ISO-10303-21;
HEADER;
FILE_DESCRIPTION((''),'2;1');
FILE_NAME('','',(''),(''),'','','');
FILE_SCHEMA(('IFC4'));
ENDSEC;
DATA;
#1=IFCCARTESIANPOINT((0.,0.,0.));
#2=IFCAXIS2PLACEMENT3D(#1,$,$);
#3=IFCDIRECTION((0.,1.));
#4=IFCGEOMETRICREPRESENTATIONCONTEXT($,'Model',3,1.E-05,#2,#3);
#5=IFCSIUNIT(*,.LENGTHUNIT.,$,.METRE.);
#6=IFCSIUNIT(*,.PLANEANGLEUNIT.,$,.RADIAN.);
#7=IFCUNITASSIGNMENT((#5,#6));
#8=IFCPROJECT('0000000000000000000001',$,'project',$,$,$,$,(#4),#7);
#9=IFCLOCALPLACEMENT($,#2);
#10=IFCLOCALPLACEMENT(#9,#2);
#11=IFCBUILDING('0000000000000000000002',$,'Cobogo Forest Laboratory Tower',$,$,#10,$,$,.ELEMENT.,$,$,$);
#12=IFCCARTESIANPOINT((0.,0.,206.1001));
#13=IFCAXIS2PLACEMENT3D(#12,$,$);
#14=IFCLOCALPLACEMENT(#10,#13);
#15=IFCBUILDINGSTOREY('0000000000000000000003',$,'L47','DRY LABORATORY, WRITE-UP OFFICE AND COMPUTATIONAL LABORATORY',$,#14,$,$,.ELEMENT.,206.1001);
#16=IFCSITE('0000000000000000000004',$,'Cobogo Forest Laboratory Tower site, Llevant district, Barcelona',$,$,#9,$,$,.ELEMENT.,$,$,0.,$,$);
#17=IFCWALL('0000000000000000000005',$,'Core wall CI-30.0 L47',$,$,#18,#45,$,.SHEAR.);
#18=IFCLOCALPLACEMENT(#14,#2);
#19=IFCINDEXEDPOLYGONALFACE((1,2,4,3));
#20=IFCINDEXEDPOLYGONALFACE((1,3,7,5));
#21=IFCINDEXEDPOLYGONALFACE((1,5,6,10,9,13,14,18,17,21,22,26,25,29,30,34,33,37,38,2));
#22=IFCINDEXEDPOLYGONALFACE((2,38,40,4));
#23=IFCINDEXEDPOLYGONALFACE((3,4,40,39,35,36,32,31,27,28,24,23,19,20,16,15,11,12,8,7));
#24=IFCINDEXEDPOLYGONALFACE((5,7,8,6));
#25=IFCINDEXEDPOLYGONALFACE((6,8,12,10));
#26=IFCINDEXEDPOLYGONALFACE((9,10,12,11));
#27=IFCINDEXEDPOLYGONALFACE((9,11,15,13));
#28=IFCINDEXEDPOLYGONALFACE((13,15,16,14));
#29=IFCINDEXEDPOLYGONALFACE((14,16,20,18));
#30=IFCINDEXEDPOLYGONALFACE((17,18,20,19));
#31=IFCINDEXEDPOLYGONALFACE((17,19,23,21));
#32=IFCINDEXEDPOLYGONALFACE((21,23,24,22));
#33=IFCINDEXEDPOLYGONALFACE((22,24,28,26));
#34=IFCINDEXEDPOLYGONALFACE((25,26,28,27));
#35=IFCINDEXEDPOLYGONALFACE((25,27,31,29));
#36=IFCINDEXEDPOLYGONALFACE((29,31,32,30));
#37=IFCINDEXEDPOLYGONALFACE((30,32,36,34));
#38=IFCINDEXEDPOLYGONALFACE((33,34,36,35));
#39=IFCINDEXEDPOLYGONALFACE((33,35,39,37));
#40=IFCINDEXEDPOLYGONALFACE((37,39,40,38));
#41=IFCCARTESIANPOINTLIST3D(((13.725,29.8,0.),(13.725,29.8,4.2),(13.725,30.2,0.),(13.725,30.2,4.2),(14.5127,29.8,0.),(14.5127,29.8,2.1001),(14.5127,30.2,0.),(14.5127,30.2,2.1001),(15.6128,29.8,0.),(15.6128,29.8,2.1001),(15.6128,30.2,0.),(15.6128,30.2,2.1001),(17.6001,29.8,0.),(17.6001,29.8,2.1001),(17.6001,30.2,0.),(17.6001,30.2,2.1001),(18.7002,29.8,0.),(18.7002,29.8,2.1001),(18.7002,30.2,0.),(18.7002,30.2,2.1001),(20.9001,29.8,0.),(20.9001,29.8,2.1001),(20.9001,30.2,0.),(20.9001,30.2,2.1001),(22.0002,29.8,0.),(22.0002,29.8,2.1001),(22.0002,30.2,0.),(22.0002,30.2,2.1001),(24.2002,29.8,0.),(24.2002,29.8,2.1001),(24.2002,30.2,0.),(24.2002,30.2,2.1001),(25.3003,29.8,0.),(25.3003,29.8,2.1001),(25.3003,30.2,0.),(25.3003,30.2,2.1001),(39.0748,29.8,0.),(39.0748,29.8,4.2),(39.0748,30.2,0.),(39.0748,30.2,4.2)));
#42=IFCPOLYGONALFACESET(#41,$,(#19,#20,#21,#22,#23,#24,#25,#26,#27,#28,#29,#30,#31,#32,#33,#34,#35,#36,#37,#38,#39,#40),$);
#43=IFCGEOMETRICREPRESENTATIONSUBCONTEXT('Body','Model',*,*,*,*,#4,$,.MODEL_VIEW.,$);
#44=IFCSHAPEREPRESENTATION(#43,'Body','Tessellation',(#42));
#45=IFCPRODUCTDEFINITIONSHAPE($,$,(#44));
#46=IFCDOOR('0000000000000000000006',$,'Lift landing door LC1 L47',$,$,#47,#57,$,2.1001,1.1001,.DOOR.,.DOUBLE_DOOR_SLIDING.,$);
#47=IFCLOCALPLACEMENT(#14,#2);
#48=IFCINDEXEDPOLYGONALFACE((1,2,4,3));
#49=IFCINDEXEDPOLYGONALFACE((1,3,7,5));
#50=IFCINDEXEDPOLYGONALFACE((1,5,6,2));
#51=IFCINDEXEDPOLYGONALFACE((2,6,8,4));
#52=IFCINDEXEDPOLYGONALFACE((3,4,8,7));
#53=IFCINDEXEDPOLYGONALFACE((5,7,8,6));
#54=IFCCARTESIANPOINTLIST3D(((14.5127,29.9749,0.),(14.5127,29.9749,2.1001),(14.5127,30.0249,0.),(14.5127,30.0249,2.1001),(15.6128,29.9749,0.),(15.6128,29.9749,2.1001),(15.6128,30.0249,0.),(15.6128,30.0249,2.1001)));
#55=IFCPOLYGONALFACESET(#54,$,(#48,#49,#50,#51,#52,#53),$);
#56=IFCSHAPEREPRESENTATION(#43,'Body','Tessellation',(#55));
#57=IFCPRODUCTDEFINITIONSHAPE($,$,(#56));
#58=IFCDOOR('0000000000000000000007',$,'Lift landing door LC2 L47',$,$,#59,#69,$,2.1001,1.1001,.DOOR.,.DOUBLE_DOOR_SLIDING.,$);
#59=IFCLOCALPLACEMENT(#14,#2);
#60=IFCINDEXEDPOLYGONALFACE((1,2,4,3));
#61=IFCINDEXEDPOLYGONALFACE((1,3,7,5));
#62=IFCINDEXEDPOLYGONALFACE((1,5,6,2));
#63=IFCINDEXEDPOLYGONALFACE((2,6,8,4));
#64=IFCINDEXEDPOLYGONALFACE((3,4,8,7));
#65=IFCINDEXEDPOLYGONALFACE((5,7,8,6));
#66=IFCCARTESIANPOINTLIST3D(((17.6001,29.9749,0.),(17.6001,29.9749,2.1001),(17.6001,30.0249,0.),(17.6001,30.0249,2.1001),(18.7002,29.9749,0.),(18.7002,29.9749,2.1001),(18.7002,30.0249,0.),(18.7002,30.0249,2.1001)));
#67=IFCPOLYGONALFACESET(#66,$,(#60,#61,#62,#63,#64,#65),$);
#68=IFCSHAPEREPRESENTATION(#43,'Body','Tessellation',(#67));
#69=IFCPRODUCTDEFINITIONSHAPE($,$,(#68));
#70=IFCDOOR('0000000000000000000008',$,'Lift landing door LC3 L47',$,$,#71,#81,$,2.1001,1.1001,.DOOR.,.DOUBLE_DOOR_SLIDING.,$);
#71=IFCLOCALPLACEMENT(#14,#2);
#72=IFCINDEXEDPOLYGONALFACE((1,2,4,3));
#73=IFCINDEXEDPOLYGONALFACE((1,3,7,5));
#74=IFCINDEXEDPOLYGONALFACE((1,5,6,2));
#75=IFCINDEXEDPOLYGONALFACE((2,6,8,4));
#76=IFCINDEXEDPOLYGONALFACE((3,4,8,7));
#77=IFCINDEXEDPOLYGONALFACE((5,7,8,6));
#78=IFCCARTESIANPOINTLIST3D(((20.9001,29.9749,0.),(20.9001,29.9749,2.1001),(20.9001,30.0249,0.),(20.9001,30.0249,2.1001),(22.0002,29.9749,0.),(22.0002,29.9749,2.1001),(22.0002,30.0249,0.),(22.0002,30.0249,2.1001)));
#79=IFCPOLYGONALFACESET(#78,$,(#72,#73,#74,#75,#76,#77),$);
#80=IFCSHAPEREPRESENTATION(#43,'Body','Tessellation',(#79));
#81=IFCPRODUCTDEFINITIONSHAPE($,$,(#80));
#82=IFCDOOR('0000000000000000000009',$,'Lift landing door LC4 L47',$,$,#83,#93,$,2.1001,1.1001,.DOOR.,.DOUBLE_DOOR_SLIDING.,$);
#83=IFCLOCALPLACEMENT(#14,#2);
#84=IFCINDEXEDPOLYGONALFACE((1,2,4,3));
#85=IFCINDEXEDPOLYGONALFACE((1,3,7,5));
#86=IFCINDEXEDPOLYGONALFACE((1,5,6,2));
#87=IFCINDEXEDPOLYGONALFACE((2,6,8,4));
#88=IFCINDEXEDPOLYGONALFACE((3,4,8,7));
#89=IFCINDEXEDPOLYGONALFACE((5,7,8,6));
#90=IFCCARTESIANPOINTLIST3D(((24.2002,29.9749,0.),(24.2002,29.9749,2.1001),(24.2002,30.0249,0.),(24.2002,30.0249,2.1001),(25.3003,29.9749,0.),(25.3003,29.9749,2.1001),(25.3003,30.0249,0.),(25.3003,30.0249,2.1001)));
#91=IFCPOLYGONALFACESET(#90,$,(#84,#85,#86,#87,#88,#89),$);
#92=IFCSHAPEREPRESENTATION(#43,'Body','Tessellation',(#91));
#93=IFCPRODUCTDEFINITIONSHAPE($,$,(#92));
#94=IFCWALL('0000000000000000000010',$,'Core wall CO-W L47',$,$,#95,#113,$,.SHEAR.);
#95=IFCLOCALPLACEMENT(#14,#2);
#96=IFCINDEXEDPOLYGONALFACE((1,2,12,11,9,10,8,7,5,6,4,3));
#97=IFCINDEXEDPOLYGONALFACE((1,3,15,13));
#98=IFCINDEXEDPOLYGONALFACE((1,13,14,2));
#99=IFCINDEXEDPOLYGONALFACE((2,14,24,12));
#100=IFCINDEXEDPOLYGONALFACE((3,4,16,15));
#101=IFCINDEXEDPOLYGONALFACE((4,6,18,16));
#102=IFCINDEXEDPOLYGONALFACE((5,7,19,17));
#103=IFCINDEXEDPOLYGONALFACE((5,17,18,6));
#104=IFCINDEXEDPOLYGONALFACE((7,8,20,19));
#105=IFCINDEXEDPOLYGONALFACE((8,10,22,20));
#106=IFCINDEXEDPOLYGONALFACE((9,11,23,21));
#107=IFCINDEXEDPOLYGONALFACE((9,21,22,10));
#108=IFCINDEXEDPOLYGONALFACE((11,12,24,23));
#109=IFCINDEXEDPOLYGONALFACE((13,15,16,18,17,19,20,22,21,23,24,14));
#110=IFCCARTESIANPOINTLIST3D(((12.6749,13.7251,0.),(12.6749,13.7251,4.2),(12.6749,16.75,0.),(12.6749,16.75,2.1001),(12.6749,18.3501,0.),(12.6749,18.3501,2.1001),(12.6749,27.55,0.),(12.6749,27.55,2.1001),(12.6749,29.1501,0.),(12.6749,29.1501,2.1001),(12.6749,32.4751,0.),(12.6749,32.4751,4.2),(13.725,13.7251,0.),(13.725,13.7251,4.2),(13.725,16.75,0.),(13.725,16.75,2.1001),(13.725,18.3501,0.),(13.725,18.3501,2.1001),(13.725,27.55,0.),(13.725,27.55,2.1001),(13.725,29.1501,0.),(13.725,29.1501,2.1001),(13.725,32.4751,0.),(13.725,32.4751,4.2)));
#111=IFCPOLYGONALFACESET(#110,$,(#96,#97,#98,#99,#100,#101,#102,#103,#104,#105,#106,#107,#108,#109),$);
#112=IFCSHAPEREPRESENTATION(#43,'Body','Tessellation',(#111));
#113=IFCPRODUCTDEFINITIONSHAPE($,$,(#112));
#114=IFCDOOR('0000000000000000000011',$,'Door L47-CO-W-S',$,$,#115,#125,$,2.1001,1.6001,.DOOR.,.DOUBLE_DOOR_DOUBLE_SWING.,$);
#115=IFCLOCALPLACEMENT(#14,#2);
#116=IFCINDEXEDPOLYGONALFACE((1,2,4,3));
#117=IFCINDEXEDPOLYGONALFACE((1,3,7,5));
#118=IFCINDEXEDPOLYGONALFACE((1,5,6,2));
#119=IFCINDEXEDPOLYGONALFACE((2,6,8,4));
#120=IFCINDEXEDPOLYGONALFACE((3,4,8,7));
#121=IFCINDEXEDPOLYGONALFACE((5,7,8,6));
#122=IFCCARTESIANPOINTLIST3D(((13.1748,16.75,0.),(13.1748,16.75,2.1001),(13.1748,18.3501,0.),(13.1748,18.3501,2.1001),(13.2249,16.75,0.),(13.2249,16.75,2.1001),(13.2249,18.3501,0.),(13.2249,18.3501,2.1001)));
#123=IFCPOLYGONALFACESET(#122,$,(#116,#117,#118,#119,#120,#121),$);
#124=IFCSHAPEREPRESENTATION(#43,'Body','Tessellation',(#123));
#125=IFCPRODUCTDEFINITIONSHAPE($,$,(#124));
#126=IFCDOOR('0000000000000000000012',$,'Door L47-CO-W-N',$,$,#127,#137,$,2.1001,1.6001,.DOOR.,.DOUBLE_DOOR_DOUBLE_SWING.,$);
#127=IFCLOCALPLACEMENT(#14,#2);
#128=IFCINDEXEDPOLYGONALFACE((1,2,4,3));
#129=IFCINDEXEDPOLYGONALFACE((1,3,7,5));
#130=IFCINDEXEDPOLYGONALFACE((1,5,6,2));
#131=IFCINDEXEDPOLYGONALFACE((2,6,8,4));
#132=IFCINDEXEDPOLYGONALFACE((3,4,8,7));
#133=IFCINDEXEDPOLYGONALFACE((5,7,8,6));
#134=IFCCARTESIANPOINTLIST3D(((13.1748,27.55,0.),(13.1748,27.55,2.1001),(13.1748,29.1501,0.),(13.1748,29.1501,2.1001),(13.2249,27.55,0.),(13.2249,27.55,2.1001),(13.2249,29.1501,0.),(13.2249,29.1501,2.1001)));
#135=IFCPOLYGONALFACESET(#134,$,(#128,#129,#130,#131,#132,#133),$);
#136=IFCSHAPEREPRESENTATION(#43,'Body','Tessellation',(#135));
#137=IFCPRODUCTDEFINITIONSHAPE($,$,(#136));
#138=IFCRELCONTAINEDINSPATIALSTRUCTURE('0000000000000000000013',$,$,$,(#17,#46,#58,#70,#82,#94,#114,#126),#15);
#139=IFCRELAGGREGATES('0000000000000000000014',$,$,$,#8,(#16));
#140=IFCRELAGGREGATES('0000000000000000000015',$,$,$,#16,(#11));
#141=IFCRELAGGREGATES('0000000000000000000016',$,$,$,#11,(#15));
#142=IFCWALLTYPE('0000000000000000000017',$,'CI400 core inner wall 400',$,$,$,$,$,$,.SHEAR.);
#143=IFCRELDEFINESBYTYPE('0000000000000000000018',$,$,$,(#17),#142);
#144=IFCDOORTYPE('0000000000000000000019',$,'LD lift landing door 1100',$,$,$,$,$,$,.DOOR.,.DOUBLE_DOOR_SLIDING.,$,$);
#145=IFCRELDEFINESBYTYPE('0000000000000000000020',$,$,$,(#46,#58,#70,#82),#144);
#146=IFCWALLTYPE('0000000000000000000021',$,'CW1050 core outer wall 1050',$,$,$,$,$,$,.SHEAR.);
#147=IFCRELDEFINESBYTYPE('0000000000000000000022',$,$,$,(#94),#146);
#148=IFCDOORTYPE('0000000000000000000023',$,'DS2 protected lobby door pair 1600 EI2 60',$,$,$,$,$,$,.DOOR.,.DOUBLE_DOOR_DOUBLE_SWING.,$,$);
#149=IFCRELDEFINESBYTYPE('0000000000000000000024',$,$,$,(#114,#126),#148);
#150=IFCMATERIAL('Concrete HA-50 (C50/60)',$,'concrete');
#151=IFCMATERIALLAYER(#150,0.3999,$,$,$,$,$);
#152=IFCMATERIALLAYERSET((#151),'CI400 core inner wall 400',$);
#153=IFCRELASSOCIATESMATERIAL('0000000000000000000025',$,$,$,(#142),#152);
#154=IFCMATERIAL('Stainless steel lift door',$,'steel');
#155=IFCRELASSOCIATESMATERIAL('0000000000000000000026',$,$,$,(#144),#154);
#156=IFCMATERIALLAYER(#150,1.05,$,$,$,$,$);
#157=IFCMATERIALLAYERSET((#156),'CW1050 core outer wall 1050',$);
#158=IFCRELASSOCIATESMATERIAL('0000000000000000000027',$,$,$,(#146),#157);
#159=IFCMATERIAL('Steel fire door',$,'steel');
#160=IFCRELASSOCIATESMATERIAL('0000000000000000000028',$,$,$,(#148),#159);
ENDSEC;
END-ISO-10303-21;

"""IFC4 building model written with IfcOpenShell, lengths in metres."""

from ifc_helpers import new_model, si_unit, direction, frame, frame_2d, origin, place, context, subcontext, project, spatial, rectangle, extrude, material, layer, layer_set, type_object, element, fill, save


model = new_model("IFC4")

# Units and contexts
model_context = context("Model", 3, precision=1e-05, world=origin(), true_north=direction((0.0, 1.0)))
body_context = subcontext(model_context, "Body", "Model", "MODEL_VIEW")
ifc_project = project(units=[si_unit("LENGTHUNIT", "METRE"), si_unit("PLANEANGLEUNIT", "RADIAN")], contexts=[model_context])

# Site, building, storey
site_placement = place(None, origin())
site = spatial("IfcSite", under=ifc_project, at=site_placement, Name="Cobogo Forest Laboratory Tower site, Llevant district, Barcelona", CompositionType="ELEMENT", RefElevation=0.0)
building_placement = place(site_placement, origin())
building = spatial("IfcBuilding", under=site, at=building_placement, Name="Cobogo Forest Laboratory Tower", CompositionType="ELEMENT")
storey_placement = place(building_placement, frame((0.0, 0.0, 206.1001)))
storey = spatial("IfcBuildingStorey", under=building, at=storey_placement, Name="L47", Description="DRY LABORATORY, WRITE-UP OFFICE AND COMPUTATIONAL LABORATORY", CompositionType="ELEMENT", Elevation=206.1001)

# Shared definitions
ifc_material_1 = material(Name="Concrete HA-50 (C50/60)", Category="concrete")

# Walls, openings, doors
ifc_layer_1 = layer(ifc_material_1, 0.3999)
ifc_layer_set_1 = layer_set([ifc_layer_1], Name="CI400 core inner wall 400")
wall_type_1 = type_object("IfcWallType", Name="CI400 core inner wall 400", PredefinedType="SHEAR", material=ifc_layer_set_1)
ifc_material_2 = material(Name="Steel fire door", Category="steel")
ifc_material_3 = material(Name="Stainless steel lift door", Category="steel")
door_type_1 = type_object("IfcDoorType", Name="LD lift landing door 1100", OperationType="DOUBLE_DOOR_SLIDING", PredefinedType="DOOR", material=ifc_material_3)
wall_1_placement = place(storey_placement, frame((13.7251, 30.0, 0.0), z_axis=(0.0, 0.0, 1.0), x_axis=(1.0, 0.0, 0.0)))
wall_1 = element("IfcWall", 1, at=wall_1_placement, inside=storey, type_object=wall_type_1, Name="Core wall CI-30.0 L47", PredefinedType="SHEAR", context=body_context, shape_type="SweptSolid", body=[
    extrude(rectangle(XDim=25.3499, YDim=0.3999, at=frame_2d((12.6748, 0.0))), origin(), (0.0, 0.0, 1.0), 4.2),
])
opening_1_placement = place(wall_1_placement, frame((0.7876, 0.0, 0.0)))
opening_1 = element("IfcOpeningElement", 2, at=opening_1_placement, cuts=wall_1, PredefinedType="OPENING", context=body_context, shape_type="SweptSolid", body=[
    extrude(rectangle(XDim=1.1001, YDim=2.1001, at=frame_2d((0.55, 1.05))), frame((0.0, 0.21, 0.0), z_axis=(0.0, -1.0, 0.0), x_axis=(1.0, 0.0, 0.0)), (0.0, 0.0, 1.0), 0.4199),
])
opening_2_placement = place(wall_1_placement, frame((3.875, 0.0, 0.0)))
opening_2 = element("IfcOpeningElement", 3, at=opening_2_placement, cuts=wall_1, PredefinedType="OPENING", context=body_context, shape_type="SweptSolid", body=[
    extrude(rectangle(XDim=1.1001, YDim=2.1001, at=frame_2d((0.55, 1.05))), frame((0.0, 0.21, 0.0), z_axis=(0.0, -1.0, 0.0), x_axis=(1.0, 0.0, 0.0)), (0.0, 0.0, 1.0), 0.4199),
])
opening_3_placement = place(wall_1_placement, frame((7.175, 0.0, 0.0)))
opening_3 = element("IfcOpeningElement", 4, at=opening_3_placement, cuts=wall_1, PredefinedType="OPENING", context=body_context, shape_type="SweptSolid", body=[
    extrude(rectangle(XDim=1.1001, YDim=2.1001, at=frame_2d((0.55, 1.05))), frame((0.0, 0.21, 0.0), z_axis=(0.0, -1.0, 0.0), x_axis=(1.0, 0.0, 0.0)), (0.0, 0.0, 1.0), 0.4199),
])
opening_4_placement = place(wall_1_placement, frame((10.4751, 0.0, 0.0)))
opening_4 = element("IfcOpeningElement", 5, at=opening_4_placement, cuts=wall_1, PredefinedType="OPENING", context=body_context, shape_type="SweptSolid", body=[
    extrude(rectangle(XDim=1.1001, YDim=2.1001, at=frame_2d((0.55, 1.05))), frame((0.0, 0.21, 0.0), z_axis=(0.0, -1.0, 0.0), x_axis=(1.0, 0.0, 0.0)), (0.0, 0.0, 1.0), 0.4199),
])
door_1_placement = place(opening_1_placement, origin())
door_1 = element("IfcDoor", 6, at=door_1_placement, inside=storey, type_object=door_type_1, Name="Lift landing door LC1 L47", OperationType="DOUBLE_DOOR_SLIDING", OverallHeight=2.1001, OverallWidth=1.1001, PredefinedType="DOOR", context=body_context, shape_type="SweptSolid", body=[
    extrude(rectangle(XDim=1.1001, YDim=2.1001, at=frame_2d((0.55, 1.05))), frame((0.0, 0.0249, 0.0), z_axis=(0.0, -1.0, 0.0), x_axis=(1.0, 0.0, 0.0)), (0.0, 0.0, 1.0), 0.05),
])
fill(opening_1, door_1)
door_2_placement = place(opening_2_placement, origin())
door_2 = element("IfcDoor", 7, at=door_2_placement, inside=storey, type_object=door_type_1, Name="Lift landing door LC2 L47", OperationType="DOUBLE_DOOR_SLIDING", OverallHeight=2.1001, OverallWidth=1.1001, PredefinedType="DOOR", context=body_context, shape_type="SweptSolid", body=[
    extrude(rectangle(XDim=1.1001, YDim=2.1001, at=frame_2d((0.55, 1.05))), frame((0.0, 0.0249, 0.0), z_axis=(0.0, -1.0, 0.0), x_axis=(1.0, 0.0, 0.0)), (0.0, 0.0, 1.0), 0.05),
])
fill(opening_2, door_2)
door_3_placement = place(opening_3_placement, origin())
door_3 = element("IfcDoor", 8, at=door_3_placement, inside=storey, type_object=door_type_1, Name="Lift landing door LC3 L47", OperationType="DOUBLE_DOOR_SLIDING", OverallHeight=2.1001, OverallWidth=1.1001, PredefinedType="DOOR", context=body_context, shape_type="SweptSolid", body=[
    extrude(rectangle(XDim=1.1001, YDim=2.1001, at=frame_2d((0.55, 1.05))), frame((0.0, 0.0249, 0.0), z_axis=(0.0, -1.0, 0.0), x_axis=(1.0, 0.0, 0.0)), (0.0, 0.0, 1.0), 0.05),
])
fill(opening_3, door_3)
door_4_placement = place(opening_4_placement, origin())
door_4 = element("IfcDoor", 9, at=door_4_placement, inside=storey, type_object=door_type_1, Name="Lift landing door LC4 L47", OperationType="DOUBLE_DOOR_SLIDING", OverallHeight=2.1001, OverallWidth=1.1001, PredefinedType="DOOR", context=body_context, shape_type="SweptSolid", body=[
    extrude(rectangle(XDim=1.1001, YDim=2.1001, at=frame_2d((0.55, 1.05))), frame((0.0, 0.0249, 0.0), z_axis=(0.0, -1.0, 0.0), x_axis=(1.0, 0.0, 0.0)), (0.0, 0.0, 1.0), 0.05),
])
fill(opening_4, door_4)
ifc_layer_2 = layer(ifc_material_1, 1.05)
ifc_layer_set_2 = layer_set([ifc_layer_2], Name="CW1050 core outer wall 1050")
wall_type_2 = type_object("IfcWallType", Name="CW1050 core outer wall 1050", PredefinedType="SHEAR", material=ifc_layer_set_2)
wall_2_placement = place(storey_placement, frame((13.2, 32.4751, 0.0), z_axis=(0.0, 0.0, 1.0), x_axis=(0.0, -1.0, 0.0)))
wall_2 = element("IfcWall", 10, at=wall_2_placement, inside=storey, type_object=wall_type_2, Name="Core wall CO-W L47", PredefinedType="SHEAR", context=body_context, shape_type="SweptSolid", body=[
    extrude(rectangle(XDim=18.75, YDim=1.05, at=frame_2d((9.375, 0.0))), origin(), (0.0, 0.0, 1.0), 4.2),
])
opening_5_placement = place(wall_2_placement, frame((14.125, 0.0, 0.0)))
opening_5 = element("IfcOpeningElement", 11, at=opening_5_placement, cuts=wall_2, PredefinedType="OPENING", context=body_context, shape_type="SweptSolid", body=[
    extrude(rectangle(XDim=1.6001, YDim=2.1001, at=frame_2d((0.8, 1.05))), frame((0.0, 0.5349, 0.0), z_axis=(0.0, -1.0, 0.0), x_axis=(1.0, 0.0, 0.0)), (0.0, 0.0, 1.0), 1.0701),
])
opening_6_placement = place(wall_2_placement, frame((3.325, 0.0, 0.0)))
opening_6 = element("IfcOpeningElement", 12, at=opening_6_placement, cuts=wall_2, PredefinedType="OPENING", context=body_context, shape_type="SweptSolid", body=[
    extrude(rectangle(XDim=1.6001, YDim=2.1001, at=frame_2d((0.8, 1.05))), frame((0.0, 0.5349, 0.0), z_axis=(0.0, -1.0, 0.0), x_axis=(1.0, 0.0, 0.0)), (0.0, 0.0, 1.0), 1.0701),
])
door_type_2 = type_object("IfcDoorType", Name="DS2 protected lobby door pair 1600 EI2 60", OperationType="DOUBLE_DOOR_DOUBLE_SWING", PredefinedType="DOOR", material=ifc_material_2)
door_5_placement = place(opening_5_placement, origin())
door_5 = element("IfcDoor", 13, at=door_5_placement, inside=storey, type_object=door_type_2, Name="Door L47-CO-W-S", OperationType="DOUBLE_DOOR_DOUBLE_SWING", OverallHeight=2.1001, OverallWidth=1.6001, PredefinedType="DOOR", context=body_context, shape_type="SweptSolid", body=[
    extrude(rectangle(XDim=1.6001, YDim=2.1001, at=frame_2d((0.8, 1.05))), frame((0.0, 0.0249, 0.0), z_axis=(0.0, -1.0, 0.0), x_axis=(1.0, 0.0, 0.0)), (0.0, 0.0, 1.0), 0.05),
])
fill(opening_5, door_5)
door_6_placement = place(opening_6_placement, origin())
door_6 = element("IfcDoor", 14, at=door_6_placement, inside=storey, type_object=door_type_2, Name="Door L47-CO-W-N", OperationType="DOUBLE_DOOR_DOUBLE_SWING", OverallHeight=2.1001, OverallWidth=1.6001, PredefinedType="DOOR", context=body_context, shape_type="SweptSolid", body=[
    extrude(rectangle(XDim=1.6001, YDim=2.1001, at=frame_2d((0.8, 1.05))), frame((0.0, 0.0249, 0.0), z_axis=(0.0, -1.0, 0.0), x_axis=(1.0, 0.0, 0.0)), (0.0, 0.0, 1.0), 0.05),
])
fill(opening_6, door_6)

save(model, "model.ifc")
